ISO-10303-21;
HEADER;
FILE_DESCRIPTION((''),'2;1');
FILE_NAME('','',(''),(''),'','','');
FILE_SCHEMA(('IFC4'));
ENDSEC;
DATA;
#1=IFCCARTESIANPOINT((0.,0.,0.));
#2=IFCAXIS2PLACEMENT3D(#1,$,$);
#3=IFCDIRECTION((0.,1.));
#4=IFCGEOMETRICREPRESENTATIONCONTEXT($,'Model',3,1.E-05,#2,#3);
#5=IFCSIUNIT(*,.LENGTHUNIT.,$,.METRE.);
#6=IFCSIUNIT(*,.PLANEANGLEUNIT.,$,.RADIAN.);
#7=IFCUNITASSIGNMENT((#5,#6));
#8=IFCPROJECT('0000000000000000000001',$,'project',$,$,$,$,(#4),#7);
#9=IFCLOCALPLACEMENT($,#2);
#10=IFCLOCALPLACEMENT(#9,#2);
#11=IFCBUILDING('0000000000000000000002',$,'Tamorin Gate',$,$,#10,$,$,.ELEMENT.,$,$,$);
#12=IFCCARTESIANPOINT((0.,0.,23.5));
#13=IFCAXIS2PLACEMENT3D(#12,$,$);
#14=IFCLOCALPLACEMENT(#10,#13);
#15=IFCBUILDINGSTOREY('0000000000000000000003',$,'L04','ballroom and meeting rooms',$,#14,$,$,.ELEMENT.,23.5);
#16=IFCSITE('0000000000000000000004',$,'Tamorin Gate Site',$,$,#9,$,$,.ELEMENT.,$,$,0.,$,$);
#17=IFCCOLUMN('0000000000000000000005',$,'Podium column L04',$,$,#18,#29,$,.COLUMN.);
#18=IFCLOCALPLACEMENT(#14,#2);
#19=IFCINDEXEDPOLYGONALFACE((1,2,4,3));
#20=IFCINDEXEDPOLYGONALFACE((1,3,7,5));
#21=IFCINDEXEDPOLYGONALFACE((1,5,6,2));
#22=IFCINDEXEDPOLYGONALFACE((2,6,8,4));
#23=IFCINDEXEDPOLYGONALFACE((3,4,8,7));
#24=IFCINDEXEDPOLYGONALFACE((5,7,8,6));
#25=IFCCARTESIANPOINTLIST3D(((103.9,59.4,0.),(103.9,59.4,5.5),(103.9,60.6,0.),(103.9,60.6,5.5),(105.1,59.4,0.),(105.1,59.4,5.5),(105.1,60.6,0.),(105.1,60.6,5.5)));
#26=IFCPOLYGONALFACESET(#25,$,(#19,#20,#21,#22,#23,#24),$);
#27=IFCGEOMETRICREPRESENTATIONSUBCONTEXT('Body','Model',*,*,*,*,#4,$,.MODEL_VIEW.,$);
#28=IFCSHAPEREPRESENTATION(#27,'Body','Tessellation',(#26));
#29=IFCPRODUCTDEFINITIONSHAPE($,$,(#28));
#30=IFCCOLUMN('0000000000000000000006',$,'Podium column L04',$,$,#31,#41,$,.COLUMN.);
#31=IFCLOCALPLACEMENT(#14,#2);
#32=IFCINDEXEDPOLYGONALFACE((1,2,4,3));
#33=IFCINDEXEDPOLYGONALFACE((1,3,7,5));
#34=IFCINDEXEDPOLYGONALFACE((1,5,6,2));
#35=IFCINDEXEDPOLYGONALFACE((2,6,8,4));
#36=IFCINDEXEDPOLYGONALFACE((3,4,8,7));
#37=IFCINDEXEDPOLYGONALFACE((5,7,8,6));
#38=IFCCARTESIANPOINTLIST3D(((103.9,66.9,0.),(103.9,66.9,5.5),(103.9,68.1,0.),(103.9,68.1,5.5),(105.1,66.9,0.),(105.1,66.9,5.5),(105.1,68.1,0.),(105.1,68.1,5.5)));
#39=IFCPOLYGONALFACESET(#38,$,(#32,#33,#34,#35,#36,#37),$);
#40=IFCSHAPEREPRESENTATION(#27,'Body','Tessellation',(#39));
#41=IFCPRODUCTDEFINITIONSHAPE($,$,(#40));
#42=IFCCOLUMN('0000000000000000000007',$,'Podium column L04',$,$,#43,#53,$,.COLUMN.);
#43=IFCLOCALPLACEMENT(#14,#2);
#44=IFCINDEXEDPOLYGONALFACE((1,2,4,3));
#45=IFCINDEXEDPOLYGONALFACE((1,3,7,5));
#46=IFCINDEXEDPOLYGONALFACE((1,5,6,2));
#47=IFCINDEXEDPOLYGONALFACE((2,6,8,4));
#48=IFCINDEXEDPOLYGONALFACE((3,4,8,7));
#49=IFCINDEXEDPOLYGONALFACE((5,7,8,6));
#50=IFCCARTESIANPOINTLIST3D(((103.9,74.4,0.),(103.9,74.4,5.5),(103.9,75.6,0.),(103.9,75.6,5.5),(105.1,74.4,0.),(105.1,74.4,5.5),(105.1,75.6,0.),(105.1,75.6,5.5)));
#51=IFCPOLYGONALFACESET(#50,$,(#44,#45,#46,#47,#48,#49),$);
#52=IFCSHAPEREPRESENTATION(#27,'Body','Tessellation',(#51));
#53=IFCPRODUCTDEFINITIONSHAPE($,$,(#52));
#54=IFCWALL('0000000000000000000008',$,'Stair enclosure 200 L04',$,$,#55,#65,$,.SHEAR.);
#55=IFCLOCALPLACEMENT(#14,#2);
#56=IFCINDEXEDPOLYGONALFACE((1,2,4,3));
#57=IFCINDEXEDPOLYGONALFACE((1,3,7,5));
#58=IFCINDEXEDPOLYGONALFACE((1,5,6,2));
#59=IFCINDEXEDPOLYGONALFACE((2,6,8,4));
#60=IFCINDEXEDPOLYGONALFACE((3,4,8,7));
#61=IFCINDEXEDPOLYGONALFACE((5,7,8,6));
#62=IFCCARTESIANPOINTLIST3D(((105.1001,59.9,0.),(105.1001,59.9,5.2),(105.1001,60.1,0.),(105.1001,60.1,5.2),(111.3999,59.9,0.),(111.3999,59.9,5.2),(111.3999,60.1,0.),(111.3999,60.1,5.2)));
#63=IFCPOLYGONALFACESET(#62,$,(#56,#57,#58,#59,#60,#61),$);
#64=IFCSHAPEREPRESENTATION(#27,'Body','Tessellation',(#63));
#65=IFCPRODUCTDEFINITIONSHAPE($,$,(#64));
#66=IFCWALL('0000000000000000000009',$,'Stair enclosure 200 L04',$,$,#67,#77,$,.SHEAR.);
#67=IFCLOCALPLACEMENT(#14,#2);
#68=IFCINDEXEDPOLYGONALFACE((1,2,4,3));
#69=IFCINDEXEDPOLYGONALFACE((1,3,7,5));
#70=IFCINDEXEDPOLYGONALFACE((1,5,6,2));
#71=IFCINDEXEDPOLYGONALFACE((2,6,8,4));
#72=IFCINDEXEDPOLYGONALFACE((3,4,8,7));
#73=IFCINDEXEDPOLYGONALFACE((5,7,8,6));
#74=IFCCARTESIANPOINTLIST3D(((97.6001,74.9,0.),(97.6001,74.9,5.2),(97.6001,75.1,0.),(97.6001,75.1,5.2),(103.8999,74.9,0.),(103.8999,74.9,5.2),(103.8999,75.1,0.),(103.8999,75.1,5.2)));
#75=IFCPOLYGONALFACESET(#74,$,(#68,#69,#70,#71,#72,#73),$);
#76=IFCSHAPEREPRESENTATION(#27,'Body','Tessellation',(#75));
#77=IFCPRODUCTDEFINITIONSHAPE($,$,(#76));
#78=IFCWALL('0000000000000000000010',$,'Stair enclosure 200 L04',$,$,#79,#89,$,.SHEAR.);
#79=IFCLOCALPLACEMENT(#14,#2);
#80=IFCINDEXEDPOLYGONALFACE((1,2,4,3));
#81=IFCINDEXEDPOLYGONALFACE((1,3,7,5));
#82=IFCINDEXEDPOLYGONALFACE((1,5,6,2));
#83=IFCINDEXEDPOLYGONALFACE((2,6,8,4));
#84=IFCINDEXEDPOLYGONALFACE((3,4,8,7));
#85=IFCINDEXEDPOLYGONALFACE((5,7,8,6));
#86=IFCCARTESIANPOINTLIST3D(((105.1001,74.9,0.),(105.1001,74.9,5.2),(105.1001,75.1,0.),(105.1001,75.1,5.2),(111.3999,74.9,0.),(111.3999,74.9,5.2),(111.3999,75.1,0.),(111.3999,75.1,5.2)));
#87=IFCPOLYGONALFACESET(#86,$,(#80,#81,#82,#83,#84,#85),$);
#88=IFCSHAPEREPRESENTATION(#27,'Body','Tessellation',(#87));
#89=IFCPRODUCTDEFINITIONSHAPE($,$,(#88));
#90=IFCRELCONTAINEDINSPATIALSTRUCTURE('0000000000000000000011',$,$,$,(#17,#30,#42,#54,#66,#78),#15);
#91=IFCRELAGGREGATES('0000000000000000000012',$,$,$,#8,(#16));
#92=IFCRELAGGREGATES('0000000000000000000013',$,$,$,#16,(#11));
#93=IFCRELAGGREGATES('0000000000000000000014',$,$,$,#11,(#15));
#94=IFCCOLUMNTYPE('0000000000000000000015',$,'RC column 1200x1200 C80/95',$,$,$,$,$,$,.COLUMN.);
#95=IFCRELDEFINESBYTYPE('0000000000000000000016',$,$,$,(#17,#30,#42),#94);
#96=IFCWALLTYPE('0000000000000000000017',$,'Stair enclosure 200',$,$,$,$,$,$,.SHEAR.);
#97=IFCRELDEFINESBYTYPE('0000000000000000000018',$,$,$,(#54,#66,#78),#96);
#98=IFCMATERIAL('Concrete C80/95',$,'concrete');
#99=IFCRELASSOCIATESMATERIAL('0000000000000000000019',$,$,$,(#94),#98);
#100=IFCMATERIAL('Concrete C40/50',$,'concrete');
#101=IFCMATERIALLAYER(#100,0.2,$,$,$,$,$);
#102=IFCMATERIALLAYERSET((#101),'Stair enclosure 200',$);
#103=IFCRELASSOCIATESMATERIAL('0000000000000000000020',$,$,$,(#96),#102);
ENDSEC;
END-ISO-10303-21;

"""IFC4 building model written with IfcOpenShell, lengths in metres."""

from ifc_helpers import new_model, si_unit, direction, frame, frame_2d, origin, origin_2d, place, context, subcontext, project, spatial, rectangle, extrude, material, layer, layer_set, material_profile, profile_set, type_object, element, save


model = new_model("IFC4")

# Units and contexts
model_context = context("Model", 3, precision=1e-05, world=origin(), true_north=direction((0.0, 1.0)))
body_context = subcontext(model_context, "Body", "Model", "MODEL_VIEW")
ifc_project = project(units=[si_unit("LENGTHUNIT", "METRE"), si_unit("PLANEANGLEUNIT", "RADIAN")], contexts=[model_context])

# Site, building, storey
site_placement = place(None, origin())
site = spatial("IfcSite", under=ifc_project, at=site_placement, Name="Tamorin Gate Site", CompositionType="ELEMENT", RefElevation=0.0)
building_placement = place(site_placement, origin())
building = spatial("IfcBuilding", under=site, at=building_placement, Name="Tamorin Gate", CompositionType="ELEMENT")
storey_placement = place(building_placement, frame((0.0, 0.0, 23.5)))
storey = spatial("IfcBuildingStorey", under=building, at=storey_placement, Name="L04", Description="ballroom and meeting rooms", CompositionType="ELEMENT", Elevation=23.5)

# Columns
ifc_material_1 = material(Name="Concrete C80/95", Category="concrete")
ifc_material_profile = material_profile(ifc_material_1, rectangle(XDim=1.2, YDim=1.2, at=origin_2d()), Name="RC 1200x1200")
ifc_profile_set = profile_set([ifc_material_profile], Name="Concrete C80/95")
column_type = type_object("IfcColumnType", Name="RC column 1200x1200 C80/95", PredefinedType="COLUMN", material=ifc_profile_set)
for number, where, z_axis, x_axis, name in (
    (1, (104.5, 60.0, 0.0), (0.0, 0.0, 1.0), (1.0, 0.0, 0.0), "Podium column L04"),
    (2, (104.5, 67.5, 0.0), (0.0, 0.0, 1.0), (1.0, 0.0, 0.0), "Podium column L04"),
    (3, (104.5, 75.0, 0.0), (0.0, 0.0, 1.0), (1.0, 0.0, 0.0), "Podium column L04"),
):
    element("IfcColumn", number, at=place(storey_placement, frame(where, z_axis=z_axis, x_axis=x_axis)), inside=storey, type_object=column_type, Name=name, PredefinedType="COLUMN", context=body_context, shape_type="SweptSolid", body=[
        extrude(rectangle(XDim=1.2, YDim=1.2, at=origin_2d()), origin(), (0.0, 0.0, 1.0), 5.5),
    ])

# Walls
ifc_material_2 = material(Name="Concrete C40/50", Category="concrete")
ifc_layer = layer(ifc_material_2, 0.2)
ifc_layer_set = layer_set([ifc_layer], Name="Stair enclosure 200")
wall_type = type_object("IfcWallType", Name="Stair enclosure 200", PredefinedType="SHEAR", material=ifc_layer_set)
for number, where, z_axis, x_axis, name in (
    (4, (105.1001, 60.0, 0.0), (0.0, 0.0, 1.0), (1.0, 0.0, 0.0), "Stair enclosure 200 L04"),
    (5, (97.6001, 75.0, 0.0), (0.0, 0.0, 1.0), (1.0, 0.0, 0.0), "Stair enclosure 200 L04"),
    (6, (105.1001, 75.0, 0.0), (0.0, 0.0, 1.0), (1.0, 0.0, 0.0), "Stair enclosure 200 L04"),
):
    element("IfcWall", number, at=place(storey_placement, frame(where, z_axis=z_axis, x_axis=x_axis)), inside=storey, type_object=wall_type, Name=name, PredefinedType="SHEAR", context=body_context, shape_type="SweptSolid", body=[
        extrude(rectangle(XDim=6.2998, YDim=0.2, at=frame_2d((3.1499, 0.0))), origin(), (0.0, 0.0, 1.0), 5.2),
    ])

save(model, "model.ifc")
